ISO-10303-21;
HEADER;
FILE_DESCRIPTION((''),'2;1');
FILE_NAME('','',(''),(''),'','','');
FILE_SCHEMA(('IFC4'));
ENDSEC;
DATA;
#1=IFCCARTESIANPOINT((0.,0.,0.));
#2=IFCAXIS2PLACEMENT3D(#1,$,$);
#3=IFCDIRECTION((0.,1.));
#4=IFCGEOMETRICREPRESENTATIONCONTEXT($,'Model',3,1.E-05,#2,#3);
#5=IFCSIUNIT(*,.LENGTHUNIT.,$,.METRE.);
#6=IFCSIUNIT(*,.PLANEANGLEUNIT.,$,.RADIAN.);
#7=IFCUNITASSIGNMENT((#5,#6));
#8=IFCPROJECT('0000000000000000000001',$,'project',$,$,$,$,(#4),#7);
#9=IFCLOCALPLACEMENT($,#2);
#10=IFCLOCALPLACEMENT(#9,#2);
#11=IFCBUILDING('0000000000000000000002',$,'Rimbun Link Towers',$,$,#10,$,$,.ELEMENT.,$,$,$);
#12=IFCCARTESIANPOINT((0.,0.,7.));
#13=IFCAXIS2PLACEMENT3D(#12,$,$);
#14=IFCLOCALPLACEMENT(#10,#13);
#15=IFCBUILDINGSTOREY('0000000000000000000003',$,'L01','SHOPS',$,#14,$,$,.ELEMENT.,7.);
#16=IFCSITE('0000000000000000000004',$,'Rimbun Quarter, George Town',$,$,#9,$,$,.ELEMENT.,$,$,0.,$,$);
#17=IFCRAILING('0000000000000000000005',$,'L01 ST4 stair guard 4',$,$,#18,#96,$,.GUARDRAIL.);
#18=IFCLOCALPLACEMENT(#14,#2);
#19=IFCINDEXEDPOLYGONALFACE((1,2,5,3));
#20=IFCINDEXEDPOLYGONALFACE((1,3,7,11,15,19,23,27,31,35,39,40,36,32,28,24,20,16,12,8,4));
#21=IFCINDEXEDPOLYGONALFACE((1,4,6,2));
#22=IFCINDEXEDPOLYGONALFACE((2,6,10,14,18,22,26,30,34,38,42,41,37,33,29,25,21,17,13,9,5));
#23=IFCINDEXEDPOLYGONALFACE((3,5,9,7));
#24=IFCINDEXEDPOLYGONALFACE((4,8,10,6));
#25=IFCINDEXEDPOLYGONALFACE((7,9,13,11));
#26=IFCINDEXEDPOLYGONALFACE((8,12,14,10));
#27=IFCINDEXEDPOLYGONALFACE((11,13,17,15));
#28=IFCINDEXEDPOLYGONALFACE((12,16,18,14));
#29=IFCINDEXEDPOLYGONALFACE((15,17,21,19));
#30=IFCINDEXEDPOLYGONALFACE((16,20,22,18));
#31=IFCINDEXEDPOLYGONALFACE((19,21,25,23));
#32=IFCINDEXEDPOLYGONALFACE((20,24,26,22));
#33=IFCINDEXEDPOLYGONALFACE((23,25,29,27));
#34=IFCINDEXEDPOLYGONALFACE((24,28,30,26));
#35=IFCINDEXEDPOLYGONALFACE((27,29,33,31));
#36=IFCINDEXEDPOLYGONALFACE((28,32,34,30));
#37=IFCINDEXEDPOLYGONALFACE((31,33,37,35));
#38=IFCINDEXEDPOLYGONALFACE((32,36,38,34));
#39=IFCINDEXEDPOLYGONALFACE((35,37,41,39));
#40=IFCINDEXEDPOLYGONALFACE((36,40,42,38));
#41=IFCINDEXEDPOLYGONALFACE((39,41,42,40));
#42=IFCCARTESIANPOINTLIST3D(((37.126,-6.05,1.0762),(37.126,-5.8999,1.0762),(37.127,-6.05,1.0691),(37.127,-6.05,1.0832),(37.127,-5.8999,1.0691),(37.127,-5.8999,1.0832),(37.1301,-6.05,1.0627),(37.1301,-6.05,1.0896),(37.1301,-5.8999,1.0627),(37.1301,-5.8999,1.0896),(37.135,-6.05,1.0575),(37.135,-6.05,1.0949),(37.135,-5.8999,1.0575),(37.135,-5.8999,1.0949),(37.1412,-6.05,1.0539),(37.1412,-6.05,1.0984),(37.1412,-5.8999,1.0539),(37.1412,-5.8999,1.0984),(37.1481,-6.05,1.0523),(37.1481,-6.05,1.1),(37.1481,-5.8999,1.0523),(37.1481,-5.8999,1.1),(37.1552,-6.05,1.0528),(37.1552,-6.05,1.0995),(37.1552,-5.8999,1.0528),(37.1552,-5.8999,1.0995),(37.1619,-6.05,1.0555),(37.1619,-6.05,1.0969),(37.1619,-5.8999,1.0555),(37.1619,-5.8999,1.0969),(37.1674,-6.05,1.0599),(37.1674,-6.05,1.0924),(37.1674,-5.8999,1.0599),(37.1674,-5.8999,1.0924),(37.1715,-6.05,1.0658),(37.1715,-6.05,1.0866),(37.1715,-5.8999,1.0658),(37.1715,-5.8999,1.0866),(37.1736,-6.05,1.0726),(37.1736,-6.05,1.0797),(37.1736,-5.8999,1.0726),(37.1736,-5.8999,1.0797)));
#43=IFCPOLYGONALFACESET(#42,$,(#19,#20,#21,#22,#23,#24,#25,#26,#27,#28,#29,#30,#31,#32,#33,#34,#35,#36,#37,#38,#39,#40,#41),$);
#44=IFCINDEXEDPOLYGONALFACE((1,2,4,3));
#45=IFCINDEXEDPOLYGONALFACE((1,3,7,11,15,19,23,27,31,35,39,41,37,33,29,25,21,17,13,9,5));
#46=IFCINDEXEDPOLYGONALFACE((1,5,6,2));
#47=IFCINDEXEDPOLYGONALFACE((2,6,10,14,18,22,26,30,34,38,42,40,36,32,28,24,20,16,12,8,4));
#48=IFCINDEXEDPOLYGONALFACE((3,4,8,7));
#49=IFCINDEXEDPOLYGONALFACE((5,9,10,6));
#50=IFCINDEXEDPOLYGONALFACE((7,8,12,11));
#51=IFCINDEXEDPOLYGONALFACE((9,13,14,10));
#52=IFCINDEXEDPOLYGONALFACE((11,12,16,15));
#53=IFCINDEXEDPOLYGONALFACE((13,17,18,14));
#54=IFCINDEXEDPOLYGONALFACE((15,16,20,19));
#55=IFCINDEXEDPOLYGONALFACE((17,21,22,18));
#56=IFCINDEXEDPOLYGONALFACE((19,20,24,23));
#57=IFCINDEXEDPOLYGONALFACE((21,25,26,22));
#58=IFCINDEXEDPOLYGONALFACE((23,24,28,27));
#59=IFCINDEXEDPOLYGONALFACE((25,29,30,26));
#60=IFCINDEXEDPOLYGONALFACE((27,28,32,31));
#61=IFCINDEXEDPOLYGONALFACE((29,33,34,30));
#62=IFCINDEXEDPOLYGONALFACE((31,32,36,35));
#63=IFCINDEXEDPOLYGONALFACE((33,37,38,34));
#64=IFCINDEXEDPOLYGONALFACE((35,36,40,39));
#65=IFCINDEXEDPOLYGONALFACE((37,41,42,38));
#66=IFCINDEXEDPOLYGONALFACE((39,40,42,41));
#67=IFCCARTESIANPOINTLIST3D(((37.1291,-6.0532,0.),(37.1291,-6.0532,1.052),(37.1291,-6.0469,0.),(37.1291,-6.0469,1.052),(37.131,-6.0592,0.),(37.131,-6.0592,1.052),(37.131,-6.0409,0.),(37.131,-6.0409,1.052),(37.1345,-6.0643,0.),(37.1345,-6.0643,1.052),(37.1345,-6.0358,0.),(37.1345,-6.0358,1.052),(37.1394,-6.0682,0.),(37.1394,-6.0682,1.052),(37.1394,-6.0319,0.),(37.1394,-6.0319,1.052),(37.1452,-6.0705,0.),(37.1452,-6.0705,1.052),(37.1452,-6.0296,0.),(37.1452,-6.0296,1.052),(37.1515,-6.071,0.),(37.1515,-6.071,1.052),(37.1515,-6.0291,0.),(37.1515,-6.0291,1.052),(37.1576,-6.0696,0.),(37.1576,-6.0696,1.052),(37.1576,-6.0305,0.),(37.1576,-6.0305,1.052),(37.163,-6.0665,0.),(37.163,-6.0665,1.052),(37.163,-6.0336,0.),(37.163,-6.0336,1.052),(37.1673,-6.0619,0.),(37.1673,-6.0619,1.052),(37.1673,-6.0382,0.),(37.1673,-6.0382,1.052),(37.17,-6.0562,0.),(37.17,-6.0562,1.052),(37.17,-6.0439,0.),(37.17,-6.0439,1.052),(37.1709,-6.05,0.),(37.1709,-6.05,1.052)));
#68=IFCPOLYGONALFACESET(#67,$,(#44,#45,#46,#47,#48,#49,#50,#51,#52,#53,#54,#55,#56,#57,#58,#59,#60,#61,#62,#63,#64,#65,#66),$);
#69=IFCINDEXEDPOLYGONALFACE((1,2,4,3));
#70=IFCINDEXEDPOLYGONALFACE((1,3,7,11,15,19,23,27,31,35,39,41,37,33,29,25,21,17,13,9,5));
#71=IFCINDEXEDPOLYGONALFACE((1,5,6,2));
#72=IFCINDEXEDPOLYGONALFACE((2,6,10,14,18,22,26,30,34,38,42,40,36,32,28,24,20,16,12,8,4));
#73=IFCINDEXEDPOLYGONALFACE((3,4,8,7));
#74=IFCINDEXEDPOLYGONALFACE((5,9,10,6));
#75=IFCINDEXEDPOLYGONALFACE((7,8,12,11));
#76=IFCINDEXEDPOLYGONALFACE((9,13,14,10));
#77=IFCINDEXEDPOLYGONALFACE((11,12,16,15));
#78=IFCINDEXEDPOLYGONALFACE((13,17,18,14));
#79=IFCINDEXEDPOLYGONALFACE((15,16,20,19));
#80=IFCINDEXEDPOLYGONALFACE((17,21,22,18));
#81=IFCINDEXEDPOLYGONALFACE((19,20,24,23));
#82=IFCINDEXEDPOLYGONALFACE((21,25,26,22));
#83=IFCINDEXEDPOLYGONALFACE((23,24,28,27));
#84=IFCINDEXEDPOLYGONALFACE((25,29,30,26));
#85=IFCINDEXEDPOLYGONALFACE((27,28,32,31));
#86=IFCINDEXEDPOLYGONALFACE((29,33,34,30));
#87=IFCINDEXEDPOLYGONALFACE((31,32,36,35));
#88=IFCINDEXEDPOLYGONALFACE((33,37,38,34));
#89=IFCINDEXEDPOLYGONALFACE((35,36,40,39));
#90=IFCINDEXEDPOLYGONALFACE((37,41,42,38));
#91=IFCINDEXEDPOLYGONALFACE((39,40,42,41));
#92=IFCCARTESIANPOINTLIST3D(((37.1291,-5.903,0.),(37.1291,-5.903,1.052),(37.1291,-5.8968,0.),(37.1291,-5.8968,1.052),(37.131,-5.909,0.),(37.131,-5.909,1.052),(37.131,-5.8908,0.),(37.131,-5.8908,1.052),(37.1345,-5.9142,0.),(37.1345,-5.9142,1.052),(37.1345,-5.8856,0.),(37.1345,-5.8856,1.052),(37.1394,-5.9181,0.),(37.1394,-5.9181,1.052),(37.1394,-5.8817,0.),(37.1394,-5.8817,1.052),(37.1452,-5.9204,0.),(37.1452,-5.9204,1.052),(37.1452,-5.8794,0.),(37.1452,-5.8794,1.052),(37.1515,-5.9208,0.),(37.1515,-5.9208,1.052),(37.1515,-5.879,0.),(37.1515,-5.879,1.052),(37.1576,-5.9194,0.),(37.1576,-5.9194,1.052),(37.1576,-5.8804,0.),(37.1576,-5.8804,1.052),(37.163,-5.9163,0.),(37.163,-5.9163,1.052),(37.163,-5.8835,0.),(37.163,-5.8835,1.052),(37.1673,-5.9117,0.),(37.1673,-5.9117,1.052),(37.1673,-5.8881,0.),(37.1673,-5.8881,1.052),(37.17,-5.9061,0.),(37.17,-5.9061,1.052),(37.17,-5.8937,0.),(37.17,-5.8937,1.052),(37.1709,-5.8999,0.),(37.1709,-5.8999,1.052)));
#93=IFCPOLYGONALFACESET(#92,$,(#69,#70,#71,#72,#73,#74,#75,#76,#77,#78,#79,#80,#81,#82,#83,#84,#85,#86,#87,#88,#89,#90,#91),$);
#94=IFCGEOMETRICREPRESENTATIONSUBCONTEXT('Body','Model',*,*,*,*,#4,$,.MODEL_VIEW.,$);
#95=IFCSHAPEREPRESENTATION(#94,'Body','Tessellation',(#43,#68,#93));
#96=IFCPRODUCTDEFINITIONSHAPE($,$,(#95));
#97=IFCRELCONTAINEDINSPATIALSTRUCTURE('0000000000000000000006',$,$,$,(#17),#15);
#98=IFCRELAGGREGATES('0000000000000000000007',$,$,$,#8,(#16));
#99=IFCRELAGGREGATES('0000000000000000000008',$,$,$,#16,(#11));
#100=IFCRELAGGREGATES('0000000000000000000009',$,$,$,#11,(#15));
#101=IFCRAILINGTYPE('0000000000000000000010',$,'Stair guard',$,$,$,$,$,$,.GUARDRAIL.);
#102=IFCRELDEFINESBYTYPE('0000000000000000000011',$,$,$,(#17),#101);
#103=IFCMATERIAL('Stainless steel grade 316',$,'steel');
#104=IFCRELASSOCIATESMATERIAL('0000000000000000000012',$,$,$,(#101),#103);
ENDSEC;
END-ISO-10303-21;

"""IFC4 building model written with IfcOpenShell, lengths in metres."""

from ifc_helpers import new_model, si_unit, direction, frame, origin, origin_2d, place, context, subcontext, project, spatial, circle, extrude, material, type_object, element, save


model = new_model("IFC4")

# Units and contexts
model_context = context("Model", 3, precision=1e-05, world=origin(), true_north=direction((0.0, 1.0)))
body_context = subcontext(model_context, "Body", "Model", "MODEL_VIEW")
ifc_project = project(units=[si_unit("LENGTHUNIT", "METRE"), si_unit("PLANEANGLEUNIT", "RADIAN")], contexts=[model_context])

# Site, building, storey
site_placement = place(None, origin())
site = spatial("IfcSite", under=ifc_project, at=site_placement, Name="Rimbun Quarter, George Town", CompositionType="ELEMENT", RefElevation=0.0)
building_placement = place(site_placement, origin())
building = spatial("IfcBuilding", under=site, at=building_placement, Name="Rimbun Link Towers", CompositionType="ELEMENT")
storey_placement = place(building_placement, frame((0.0, 0.0, 7.0)))
storey = spatial("IfcBuildingStorey", under=building, at=storey_placement, Name="L01", Description="SHOPS", CompositionType="ELEMENT", Elevation=7.0)

# Railing
ifc_material_1 = material(Name="Stainless steel grade 316", Category="steel")
railing_type_1 = type_object("IfcRailingType", Name="Stair guard", PredefinedType="GUARDRAIL", material=ifc_material_1)
railing_1_placement = place(storey_placement, frame((37.1499, -6.05, 0.0)))
element("IfcRailing", 1, at=railing_1_placement, inside=storey, type_object=railing_type_1, Name="L01 ST4 stair guard 4", PredefinedType="GUARDRAIL", context=body_context, shape_type="SweptSolid", body=[
    extrude(circle(Radius=0.0239, at=origin_2d()), frame((0.0, 0.0, 1.0762), z_axis=(0.0, 1.0, 0.0), x_axis=(-1.0, 0.0, 0.0)), (0.0, 0.0, 1.0), 0.1501),
    extrude(circle(Radius=0.021, at=origin_2d()), origin(), (0.0, 0.0, 1.0), 1.052),
    extrude(circle(Radius=0.021, at=origin_2d()), frame((0.0, 0.1501, 0.0)), (0.0, 0.0, 1.0), 1.052),
])

save(model, "model.ifc")
